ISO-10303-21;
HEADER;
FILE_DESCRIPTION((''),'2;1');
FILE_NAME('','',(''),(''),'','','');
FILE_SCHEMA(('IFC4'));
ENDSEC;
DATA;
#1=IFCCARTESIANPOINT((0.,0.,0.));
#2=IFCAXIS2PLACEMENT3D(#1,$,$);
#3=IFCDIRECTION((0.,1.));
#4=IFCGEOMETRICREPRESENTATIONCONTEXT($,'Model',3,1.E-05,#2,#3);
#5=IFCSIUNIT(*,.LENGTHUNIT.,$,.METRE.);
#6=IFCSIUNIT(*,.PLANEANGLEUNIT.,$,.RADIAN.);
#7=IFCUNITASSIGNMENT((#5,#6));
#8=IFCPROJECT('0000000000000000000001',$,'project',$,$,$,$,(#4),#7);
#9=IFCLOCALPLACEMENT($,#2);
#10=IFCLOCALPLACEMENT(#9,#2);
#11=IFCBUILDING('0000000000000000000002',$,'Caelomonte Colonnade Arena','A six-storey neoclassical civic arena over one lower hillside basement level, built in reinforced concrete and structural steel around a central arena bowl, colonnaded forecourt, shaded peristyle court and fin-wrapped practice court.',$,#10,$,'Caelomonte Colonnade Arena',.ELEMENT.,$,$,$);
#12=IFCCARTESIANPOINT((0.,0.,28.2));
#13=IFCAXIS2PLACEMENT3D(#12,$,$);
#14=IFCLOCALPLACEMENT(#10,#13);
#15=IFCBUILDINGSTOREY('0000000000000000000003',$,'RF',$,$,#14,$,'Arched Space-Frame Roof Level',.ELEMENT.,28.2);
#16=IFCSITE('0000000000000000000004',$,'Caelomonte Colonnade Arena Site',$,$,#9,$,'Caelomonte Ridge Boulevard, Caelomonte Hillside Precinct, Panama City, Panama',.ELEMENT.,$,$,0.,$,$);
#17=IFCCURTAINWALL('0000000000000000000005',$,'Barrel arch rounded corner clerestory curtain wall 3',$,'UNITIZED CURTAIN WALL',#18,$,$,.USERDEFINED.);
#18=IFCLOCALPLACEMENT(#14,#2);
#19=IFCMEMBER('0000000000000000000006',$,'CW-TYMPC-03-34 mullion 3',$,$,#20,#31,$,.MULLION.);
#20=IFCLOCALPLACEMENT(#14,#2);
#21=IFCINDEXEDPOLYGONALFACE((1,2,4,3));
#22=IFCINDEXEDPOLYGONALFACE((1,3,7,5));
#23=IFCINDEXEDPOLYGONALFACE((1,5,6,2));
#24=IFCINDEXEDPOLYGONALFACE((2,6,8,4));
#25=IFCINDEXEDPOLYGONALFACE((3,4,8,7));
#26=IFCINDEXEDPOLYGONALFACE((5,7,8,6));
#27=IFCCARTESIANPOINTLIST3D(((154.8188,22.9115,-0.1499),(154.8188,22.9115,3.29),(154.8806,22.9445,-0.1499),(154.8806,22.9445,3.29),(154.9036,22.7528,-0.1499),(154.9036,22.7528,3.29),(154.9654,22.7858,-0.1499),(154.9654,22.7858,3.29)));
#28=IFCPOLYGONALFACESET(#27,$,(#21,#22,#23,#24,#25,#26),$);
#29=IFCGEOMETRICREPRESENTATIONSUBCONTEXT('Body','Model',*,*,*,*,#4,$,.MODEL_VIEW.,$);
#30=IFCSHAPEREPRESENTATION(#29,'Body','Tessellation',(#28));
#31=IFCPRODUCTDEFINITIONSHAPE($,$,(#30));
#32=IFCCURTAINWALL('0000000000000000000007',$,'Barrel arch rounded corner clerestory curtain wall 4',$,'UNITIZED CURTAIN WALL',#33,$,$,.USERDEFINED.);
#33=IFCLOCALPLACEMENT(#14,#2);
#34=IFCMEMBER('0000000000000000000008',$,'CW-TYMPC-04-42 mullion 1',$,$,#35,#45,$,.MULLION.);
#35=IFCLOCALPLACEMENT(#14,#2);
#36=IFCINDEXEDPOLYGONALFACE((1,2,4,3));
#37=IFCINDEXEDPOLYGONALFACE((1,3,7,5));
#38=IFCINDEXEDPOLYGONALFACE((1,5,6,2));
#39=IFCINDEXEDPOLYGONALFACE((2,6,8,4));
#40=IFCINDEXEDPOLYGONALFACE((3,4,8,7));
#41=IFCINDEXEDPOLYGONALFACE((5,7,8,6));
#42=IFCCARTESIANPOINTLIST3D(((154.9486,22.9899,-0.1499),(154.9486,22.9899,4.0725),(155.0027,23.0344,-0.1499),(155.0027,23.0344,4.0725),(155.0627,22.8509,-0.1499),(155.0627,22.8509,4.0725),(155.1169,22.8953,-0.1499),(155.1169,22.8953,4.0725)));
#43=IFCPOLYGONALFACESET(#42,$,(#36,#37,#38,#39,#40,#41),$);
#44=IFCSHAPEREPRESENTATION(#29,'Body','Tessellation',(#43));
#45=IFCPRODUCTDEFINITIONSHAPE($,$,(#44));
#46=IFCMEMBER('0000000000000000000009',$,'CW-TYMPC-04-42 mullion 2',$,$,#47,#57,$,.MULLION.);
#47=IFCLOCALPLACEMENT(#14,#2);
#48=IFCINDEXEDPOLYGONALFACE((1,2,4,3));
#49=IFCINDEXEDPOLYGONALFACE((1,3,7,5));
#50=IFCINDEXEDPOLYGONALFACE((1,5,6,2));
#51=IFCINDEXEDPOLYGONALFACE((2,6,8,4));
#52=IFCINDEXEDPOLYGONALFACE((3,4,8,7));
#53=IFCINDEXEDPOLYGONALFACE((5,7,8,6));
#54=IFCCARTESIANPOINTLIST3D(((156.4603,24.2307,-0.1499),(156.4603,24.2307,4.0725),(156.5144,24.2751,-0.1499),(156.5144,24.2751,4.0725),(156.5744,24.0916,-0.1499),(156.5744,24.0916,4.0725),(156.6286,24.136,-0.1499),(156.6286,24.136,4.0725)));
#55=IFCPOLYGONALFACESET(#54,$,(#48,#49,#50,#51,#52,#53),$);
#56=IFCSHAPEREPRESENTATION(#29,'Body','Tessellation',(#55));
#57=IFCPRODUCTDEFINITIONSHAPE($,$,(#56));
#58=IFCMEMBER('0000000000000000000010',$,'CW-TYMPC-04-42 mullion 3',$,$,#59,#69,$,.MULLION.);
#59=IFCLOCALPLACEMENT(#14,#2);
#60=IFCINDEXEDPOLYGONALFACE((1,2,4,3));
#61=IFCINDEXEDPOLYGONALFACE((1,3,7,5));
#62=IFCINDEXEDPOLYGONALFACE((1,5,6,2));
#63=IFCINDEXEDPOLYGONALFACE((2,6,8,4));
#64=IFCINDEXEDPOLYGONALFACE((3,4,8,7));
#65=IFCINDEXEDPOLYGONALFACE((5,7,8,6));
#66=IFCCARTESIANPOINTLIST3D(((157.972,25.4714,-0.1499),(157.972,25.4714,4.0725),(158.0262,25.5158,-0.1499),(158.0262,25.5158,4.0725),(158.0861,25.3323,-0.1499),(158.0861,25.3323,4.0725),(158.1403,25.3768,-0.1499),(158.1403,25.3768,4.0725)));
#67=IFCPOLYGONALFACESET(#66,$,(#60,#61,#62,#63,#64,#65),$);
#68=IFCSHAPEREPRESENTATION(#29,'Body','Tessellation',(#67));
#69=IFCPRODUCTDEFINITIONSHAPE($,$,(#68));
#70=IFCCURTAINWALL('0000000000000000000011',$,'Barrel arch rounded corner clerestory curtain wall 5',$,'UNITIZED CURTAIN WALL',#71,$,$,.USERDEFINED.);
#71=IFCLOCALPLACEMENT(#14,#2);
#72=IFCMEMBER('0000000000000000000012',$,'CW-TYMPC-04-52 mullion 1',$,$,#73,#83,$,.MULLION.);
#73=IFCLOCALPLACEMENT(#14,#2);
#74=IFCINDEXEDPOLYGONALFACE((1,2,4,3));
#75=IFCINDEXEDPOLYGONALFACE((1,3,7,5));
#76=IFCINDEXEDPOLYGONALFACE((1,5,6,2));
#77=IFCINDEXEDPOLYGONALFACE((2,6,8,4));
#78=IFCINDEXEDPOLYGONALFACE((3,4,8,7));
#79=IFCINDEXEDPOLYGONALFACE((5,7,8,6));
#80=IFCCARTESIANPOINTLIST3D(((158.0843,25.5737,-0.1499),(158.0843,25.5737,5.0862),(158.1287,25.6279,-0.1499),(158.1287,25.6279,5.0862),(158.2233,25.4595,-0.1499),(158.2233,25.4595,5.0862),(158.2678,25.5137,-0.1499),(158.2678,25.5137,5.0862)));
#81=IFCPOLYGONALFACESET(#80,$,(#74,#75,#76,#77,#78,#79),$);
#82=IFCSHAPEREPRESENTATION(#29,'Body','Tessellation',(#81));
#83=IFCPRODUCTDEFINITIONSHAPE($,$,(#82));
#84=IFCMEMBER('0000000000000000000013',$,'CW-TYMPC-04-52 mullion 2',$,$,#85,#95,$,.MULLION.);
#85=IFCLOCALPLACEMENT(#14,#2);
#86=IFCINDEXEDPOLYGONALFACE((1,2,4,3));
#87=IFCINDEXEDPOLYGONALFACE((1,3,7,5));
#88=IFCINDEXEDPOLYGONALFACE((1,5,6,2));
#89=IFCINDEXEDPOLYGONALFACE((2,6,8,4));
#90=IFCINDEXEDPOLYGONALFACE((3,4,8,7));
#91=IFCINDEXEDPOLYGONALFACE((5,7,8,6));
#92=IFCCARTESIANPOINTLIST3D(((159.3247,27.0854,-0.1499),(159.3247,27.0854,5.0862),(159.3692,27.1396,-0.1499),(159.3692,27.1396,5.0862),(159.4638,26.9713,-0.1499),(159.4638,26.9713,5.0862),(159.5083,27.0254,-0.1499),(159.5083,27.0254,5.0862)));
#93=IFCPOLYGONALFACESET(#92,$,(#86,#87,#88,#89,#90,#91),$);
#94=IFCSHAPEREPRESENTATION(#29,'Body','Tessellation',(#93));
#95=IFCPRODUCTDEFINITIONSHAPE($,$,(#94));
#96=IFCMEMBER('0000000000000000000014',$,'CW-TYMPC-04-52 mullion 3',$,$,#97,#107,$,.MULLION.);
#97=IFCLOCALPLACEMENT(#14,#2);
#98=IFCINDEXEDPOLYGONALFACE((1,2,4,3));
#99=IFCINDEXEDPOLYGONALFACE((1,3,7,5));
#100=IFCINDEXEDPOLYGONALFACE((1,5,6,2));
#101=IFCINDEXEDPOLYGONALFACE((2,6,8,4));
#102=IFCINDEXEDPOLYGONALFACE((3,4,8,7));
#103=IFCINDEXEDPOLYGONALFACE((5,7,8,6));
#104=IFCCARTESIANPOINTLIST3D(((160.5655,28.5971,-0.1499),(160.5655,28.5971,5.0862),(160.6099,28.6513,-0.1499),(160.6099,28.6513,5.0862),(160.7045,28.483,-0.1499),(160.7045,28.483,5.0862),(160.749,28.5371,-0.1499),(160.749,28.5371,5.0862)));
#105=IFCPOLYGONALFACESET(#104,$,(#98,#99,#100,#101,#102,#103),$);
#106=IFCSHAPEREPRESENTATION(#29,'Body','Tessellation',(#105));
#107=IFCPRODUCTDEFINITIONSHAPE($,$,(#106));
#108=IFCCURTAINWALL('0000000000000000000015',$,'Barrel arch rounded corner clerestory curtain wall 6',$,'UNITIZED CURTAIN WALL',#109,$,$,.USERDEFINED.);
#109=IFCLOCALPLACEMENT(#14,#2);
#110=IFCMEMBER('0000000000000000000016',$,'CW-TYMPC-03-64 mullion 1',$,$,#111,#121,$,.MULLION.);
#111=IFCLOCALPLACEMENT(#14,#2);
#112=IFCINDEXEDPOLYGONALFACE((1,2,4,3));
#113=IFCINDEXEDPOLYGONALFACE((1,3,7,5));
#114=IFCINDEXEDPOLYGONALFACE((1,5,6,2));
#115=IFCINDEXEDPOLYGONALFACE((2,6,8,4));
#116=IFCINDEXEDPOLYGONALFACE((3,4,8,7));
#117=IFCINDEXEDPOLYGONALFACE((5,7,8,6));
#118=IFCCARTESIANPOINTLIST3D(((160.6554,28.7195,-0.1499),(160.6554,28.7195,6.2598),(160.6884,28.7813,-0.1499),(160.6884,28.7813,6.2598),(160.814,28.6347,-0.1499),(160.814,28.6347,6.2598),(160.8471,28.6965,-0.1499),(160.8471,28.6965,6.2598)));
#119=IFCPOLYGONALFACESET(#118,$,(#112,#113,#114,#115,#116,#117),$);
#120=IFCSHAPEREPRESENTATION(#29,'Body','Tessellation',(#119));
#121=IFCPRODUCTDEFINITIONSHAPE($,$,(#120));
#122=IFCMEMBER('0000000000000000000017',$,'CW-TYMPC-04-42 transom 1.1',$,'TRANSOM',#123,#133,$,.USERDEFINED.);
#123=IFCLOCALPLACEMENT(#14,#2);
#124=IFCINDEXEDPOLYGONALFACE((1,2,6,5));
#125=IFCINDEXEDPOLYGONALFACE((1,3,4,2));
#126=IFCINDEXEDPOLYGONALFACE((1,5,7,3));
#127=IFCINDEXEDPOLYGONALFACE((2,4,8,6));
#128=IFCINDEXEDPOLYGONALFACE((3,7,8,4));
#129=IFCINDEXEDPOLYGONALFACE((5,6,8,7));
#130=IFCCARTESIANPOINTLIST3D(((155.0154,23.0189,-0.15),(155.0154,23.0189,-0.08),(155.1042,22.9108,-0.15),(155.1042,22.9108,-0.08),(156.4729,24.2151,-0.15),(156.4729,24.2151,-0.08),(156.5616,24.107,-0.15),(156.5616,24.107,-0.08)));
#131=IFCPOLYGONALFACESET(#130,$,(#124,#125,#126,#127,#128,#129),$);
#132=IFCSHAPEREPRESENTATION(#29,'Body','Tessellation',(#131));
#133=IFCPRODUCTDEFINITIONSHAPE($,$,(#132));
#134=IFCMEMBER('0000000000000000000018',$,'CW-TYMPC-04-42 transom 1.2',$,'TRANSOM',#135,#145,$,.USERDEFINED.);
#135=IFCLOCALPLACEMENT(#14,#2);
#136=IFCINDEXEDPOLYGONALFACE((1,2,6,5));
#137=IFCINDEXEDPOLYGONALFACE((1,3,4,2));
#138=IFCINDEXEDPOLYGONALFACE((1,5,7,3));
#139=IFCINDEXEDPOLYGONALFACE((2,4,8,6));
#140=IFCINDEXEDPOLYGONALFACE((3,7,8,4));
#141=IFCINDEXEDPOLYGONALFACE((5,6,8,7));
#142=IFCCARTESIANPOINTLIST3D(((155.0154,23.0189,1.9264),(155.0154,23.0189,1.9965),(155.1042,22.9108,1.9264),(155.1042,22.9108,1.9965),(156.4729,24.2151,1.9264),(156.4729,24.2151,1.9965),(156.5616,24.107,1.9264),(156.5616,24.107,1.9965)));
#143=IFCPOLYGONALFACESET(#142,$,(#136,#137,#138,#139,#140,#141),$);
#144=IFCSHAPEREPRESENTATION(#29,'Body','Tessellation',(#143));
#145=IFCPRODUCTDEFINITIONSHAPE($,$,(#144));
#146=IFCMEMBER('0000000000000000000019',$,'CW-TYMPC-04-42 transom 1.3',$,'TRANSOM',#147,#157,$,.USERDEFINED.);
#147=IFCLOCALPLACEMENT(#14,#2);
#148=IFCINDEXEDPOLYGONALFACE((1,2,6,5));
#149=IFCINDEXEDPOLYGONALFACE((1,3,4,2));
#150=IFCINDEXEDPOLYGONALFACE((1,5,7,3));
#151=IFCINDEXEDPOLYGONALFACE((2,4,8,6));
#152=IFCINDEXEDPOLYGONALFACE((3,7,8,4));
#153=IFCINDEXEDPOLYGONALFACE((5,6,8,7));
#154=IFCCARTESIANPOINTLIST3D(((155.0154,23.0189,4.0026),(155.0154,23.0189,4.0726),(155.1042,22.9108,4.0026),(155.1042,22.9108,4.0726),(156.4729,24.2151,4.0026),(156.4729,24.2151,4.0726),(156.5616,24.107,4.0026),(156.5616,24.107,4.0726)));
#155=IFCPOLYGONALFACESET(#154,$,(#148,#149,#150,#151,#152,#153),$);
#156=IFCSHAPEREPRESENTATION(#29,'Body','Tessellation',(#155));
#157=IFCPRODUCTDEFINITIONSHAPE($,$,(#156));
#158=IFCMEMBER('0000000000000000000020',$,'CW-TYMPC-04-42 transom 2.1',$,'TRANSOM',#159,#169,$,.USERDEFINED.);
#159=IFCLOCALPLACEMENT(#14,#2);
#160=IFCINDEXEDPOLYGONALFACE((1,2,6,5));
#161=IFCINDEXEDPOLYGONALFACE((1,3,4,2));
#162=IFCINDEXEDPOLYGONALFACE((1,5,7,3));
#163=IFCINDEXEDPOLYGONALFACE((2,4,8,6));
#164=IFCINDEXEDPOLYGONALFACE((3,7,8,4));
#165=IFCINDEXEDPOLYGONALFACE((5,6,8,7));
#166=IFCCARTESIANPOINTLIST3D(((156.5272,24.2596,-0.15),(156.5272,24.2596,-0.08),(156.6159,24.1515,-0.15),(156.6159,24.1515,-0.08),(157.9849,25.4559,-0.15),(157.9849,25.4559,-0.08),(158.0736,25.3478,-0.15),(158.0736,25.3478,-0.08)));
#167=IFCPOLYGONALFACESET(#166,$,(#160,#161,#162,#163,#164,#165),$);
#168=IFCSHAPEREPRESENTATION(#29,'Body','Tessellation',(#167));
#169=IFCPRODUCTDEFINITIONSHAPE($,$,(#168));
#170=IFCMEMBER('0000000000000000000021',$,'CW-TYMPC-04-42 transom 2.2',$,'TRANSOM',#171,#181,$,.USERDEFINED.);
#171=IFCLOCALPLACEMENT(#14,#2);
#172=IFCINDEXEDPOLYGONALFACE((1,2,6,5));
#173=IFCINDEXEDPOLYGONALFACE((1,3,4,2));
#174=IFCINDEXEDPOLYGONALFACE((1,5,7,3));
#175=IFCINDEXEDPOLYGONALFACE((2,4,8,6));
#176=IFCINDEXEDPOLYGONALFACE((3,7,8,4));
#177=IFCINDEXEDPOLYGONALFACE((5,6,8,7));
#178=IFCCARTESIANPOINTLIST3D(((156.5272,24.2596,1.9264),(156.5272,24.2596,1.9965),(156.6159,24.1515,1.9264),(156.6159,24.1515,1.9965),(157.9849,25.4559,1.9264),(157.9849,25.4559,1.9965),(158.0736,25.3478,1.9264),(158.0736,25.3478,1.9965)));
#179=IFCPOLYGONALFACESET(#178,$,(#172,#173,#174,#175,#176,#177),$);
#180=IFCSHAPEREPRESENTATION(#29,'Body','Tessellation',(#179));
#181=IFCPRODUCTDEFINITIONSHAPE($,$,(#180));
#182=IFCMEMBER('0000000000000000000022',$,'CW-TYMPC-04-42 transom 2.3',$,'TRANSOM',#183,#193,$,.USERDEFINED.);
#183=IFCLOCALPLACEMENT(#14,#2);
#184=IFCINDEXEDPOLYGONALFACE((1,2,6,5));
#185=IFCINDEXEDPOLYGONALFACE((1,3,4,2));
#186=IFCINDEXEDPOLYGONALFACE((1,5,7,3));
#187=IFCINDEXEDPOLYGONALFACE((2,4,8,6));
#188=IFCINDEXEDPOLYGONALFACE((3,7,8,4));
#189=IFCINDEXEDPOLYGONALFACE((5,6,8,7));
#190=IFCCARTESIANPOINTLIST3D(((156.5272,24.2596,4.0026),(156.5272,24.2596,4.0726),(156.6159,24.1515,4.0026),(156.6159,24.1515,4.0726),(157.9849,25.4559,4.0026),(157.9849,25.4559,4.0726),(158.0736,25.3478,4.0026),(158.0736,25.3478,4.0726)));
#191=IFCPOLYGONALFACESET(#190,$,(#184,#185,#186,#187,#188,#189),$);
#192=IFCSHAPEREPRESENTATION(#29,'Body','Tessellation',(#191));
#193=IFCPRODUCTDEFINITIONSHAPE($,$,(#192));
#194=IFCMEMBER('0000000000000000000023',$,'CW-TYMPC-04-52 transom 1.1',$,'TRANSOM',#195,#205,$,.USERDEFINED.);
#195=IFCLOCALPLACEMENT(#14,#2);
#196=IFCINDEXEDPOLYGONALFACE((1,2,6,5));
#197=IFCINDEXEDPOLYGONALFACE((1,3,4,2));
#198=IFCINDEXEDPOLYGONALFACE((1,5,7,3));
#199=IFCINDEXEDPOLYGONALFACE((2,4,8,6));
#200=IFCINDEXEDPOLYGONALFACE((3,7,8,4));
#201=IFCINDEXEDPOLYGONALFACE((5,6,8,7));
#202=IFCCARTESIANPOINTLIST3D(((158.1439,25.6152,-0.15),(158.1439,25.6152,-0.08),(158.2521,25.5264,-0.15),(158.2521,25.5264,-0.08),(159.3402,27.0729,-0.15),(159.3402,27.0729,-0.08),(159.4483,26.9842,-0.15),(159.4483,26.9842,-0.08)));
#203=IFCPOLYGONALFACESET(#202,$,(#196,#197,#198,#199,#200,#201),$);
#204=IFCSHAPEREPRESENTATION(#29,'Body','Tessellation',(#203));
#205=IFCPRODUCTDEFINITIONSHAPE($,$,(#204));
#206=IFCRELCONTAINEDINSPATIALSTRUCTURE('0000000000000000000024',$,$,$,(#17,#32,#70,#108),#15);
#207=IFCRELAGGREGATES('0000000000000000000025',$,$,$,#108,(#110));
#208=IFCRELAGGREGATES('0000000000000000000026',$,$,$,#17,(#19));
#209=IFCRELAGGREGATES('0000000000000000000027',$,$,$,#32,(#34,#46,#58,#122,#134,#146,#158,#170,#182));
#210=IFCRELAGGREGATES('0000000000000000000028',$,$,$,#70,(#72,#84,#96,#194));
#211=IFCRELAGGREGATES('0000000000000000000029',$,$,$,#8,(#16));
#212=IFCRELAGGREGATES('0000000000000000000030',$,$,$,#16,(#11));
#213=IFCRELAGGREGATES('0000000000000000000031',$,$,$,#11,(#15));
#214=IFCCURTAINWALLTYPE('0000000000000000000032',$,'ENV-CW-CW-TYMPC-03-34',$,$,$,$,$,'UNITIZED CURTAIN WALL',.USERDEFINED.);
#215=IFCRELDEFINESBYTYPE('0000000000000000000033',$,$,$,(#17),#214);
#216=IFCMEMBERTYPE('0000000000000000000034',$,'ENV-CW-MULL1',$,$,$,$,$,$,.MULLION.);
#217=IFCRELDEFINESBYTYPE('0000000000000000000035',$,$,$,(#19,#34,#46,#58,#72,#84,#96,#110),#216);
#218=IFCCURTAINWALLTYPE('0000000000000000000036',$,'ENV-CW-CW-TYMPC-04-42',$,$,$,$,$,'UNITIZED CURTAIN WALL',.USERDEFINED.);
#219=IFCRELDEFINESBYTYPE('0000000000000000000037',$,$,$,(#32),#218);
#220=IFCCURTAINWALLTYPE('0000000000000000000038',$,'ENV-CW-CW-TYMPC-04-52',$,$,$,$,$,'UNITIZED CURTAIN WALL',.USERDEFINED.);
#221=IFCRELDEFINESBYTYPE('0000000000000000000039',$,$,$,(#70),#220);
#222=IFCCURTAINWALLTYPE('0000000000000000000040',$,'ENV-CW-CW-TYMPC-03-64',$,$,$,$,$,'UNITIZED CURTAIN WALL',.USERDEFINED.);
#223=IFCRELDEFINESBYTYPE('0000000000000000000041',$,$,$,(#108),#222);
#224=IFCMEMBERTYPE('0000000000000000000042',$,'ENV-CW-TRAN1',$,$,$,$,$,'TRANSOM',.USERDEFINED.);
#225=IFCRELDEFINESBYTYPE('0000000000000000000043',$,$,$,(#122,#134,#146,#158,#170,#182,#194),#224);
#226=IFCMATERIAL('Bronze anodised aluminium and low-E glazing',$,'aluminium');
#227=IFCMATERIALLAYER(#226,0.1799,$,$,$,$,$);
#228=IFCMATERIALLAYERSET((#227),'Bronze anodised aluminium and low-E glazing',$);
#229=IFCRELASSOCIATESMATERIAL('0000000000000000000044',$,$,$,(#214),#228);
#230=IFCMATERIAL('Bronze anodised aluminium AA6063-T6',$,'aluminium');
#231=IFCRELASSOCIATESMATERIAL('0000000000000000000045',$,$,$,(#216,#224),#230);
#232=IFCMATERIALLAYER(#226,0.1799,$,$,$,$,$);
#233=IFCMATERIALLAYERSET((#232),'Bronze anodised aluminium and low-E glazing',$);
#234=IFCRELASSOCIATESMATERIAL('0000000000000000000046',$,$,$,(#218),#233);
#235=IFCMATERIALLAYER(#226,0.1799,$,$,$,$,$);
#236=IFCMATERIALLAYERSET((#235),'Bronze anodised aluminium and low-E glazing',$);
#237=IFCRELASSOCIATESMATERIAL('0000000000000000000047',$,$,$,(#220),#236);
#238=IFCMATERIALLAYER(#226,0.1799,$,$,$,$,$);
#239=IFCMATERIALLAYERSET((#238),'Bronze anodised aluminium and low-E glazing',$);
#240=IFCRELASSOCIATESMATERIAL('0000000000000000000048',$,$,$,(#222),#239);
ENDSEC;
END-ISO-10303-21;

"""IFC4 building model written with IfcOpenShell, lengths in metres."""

from ifc_helpers import new_model, si_unit, direction, frame, origin, origin_2d, place, context, subcontext, project, spatial, rectangle, extrude, material, layer, layer_set, material_profile, profile_set, type_object, element, aggregate, save


model = new_model("IFC4")

# Units and contexts
model_context = context("Model", 3, precision=1e-05, world=origin(), true_north=direction((0.0, 1.0)))
body_context = subcontext(model_context, "Body", "Model", "MODEL_VIEW")
ifc_project = project(units=[si_unit("LENGTHUNIT", "METRE"), si_unit("PLANEANGLEUNIT", "RADIAN")], contexts=[model_context])

# Site, building, storey
site_placement = place(None, origin())
site = spatial("IfcSite", under=ifc_project, at=site_placement, Name="Caelomonte Colonnade Arena Site", LongName="Caelomonte Ridge Boulevard, Caelomonte Hillside Precinct, Panama City, Panama", CompositionType="ELEMENT", RefElevation=0.0)
building_placement = place(site_placement, origin())
building = spatial("IfcBuilding", under=site, at=building_placement, Name="Caelomonte Colonnade Arena", Description="A six-storey neoclassical civic arena over one lower hillside basement level, built in reinforced concrete and structural steel around a central arena bowl, colonnaded forecourt, shaded peristyle court and fin-wrapped practice court.", LongName="Caelomonte Colonnade Arena", CompositionType="ELEMENT")
storey_placement = place(building_placement, frame((0.0, 0.0, 28.2)))
storey = spatial("IfcBuildingStorey", under=building, at=storey_placement, Name="RF", LongName="Arched Space-Frame Roof Level", CompositionType="ELEMENT", Elevation=28.2)

# Curtain wall, member
ifc_material_1 = material(Name="Bronze anodised aluminium and low-E glazing", Category="aluminium")
ifc_layer_1 = layer(ifc_material_1, 0.1799)
ifc_layer_set_1 = layer_set([ifc_layer_1], Name="Bronze anodised aluminium and low-E glazing")
curtain_wall_type_1 = type_object("IfcCurtainWallType", Name="ENV-CW-CW-TYMPC-03-34", ElementType="UNITIZED CURTAIN WALL", PredefinedType="USERDEFINED", material=ifc_layer_set_1)
curtain_wall_1_placement = place(storey_placement, origin())
curtain_wall_1 = element("IfcCurtainWall", 1, at=curtain_wall_1_placement, inside=storey, type_object=curtain_wall_type_1, Name="Barrel arch rounded corner clerestory curtain wall 3", ObjectType="UNITIZED CURTAIN WALL", PredefinedType="USERDEFINED")
ifc_material_2 = material(Name="Bronze anodised aluminium AA6063-T6", Category="aluminium")
ifc_material_profile_1 = material_profile(ifc_material_2, rectangle(XDim=0.0701, YDim=0.1799, at=origin_2d()), Name="CWM-70X180")
ifc_profile_set_1 = profile_set([ifc_material_profile_1], Name="Bronze anodised aluminium AA6063-T6")
member_type_1 = type_object("IfcMemberType", Name="ENV-CW-MULL1", PredefinedType="MULLION", material=ifc_profile_set_1)
member_1_placement = place(storey_placement, frame((154.8921, 22.8486, -0.1499), z_axis=(0.0, 0.0, 1.0), x_axis=(0.881924, 0.471391, 0.0)))
member_1 = element("IfcMember", 2, at=member_1_placement, type_object=member_type_1, Name="CW-TYMPC-03-34 mullion 3", PredefinedType="MULLION", context=body_context, shape_type="SweptSolid", body=[
    extrude(rectangle(XDim=0.0701, YDim=0.1799, at=origin_2d()), origin(), (0.0, 0.0, 1.0), 3.4399),
])

# Curtain walls, members
ifc_layer_2 = layer(ifc_material_1, 0.1799)
ifc_layer_set_2 = layer_set([ifc_layer_2], Name="Bronze anodised aluminium and low-E glazing")
curtain_wall_type_2 = type_object("IfcCurtainWallType", Name="ENV-CW-CW-TYMPC-04-42", ElementType="UNITIZED CURTAIN WALL", PredefinedType="USERDEFINED", material=ifc_layer_set_2)
curtain_wall_2_placement = place(storey_placement, origin())
curtain_wall_2 = element("IfcCurtainWall", 3, at=curtain_wall_2_placement, inside=storey, type_object=curtain_wall_type_2, Name="Barrel arch rounded corner clerestory curtain wall 4", ObjectType="UNITIZED CURTAIN WALL", PredefinedType="USERDEFINED")
member_2_placement = place(storey_placement, frame((155.0327, 22.9426, -0.1499), z_axis=(0.0, 0.0, 1.0), x_axis=(0.773001, 0.634405, 0.0)))
member_2 = element("IfcMember", 4, at=member_2_placement, type_object=member_type_1, Name="CW-TYMPC-04-42 mullion 1", PredefinedType="MULLION", context=body_context, shape_type="SweptSolid", body=[
    extrude(rectangle(XDim=0.0701, YDim=0.1799, at=origin_2d()), origin(), (0.0, 0.0, 1.0), 4.2224),
])
member_3_placement = place(storey_placement, frame((156.5444, 24.1833, -0.1499), z_axis=(0.0, 0.0, 1.0), x_axis=(0.773001, 0.634405, 0.0)))
member_3 = element("IfcMember", 5, at=member_3_placement, type_object=member_type_1, Name="CW-TYMPC-04-42 mullion 2", PredefinedType="MULLION", context=body_context, shape_type="SweptSolid", body=[
    extrude(rectangle(XDim=0.0701, YDim=0.1799, at=origin_2d()), origin(), (0.0, 0.0, 1.0), 4.2224),
])
member_4_placement = place(storey_placement, frame((158.0562, 25.4241, -0.1499), z_axis=(0.0, 0.0, 1.0), x_axis=(0.773001, 0.634405, 0.0)))
member_4 = element("IfcMember", 6, at=member_4_placement, type_object=member_type_1, Name="CW-TYMPC-04-42 mullion 3", PredefinedType="MULLION", context=body_context, shape_type="SweptSolid", body=[
    extrude(rectangle(XDim=0.0701, YDim=0.1799, at=origin_2d()), origin(), (0.0, 0.0, 1.0), 4.2224),
])
ifc_layer_3 = layer(ifc_material_1, 0.1799)
ifc_layer_set_3 = layer_set([ifc_layer_3], Name="Bronze anodised aluminium and low-E glazing")
curtain_wall_type_3 = type_object("IfcCurtainWallType", Name="ENV-CW-CW-TYMPC-04-52", ElementType="UNITIZED CURTAIN WALL", PredefinedType="USERDEFINED", material=ifc_layer_set_3)
curtain_wall_3_placement = place(storey_placement, origin())
curtain_wall_3 = element("IfcCurtainWall", 7, at=curtain_wall_3_placement, inside=storey, type_object=curtain_wall_type_3, Name="Barrel arch rounded corner clerestory curtain wall 5", ObjectType="UNITIZED CURTAIN WALL", PredefinedType="USERDEFINED")
member_5_placement = place(storey_placement, frame((158.176, 25.5437, -0.1499), z_axis=(0.0, 0.0, 1.0), x_axis=(0.634405, 0.773001, 0.0)))
member_5 = element("IfcMember", 8, at=member_5_placement, type_object=member_type_1, Name="CW-TYMPC-04-52 mullion 1", PredefinedType="MULLION", context=body_context, shape_type="SweptSolid", body=[
    extrude(rectangle(XDim=0.0701, YDim=0.1799, at=origin_2d()), origin(), (0.0, 0.0, 1.0), 5.2361),
])
member_6_placement = place(storey_placement, frame((159.4165, 27.0554, -0.1499), z_axis=(0.0, 0.0, 1.0), x_axis=(0.634405, 0.773001, 0.0)))
member_6 = element("IfcMember", 9, at=member_6_placement, type_object=member_type_1, Name="CW-TYMPC-04-52 mullion 2", PredefinedType="MULLION", context=body_context, shape_type="SweptSolid", body=[
    extrude(rectangle(XDim=0.0701, YDim=0.1799, at=origin_2d()), origin(), (0.0, 0.0, 1.0), 5.2361),
])
member_7_placement = place(storey_placement, frame((160.6572, 28.5671, -0.1499), z_axis=(0.0, 0.0, 1.0), x_axis=(0.634405, 0.773001, 0.0)))
member_7 = element("IfcMember", 10, at=member_7_placement, type_object=member_type_1, Name="CW-TYMPC-04-52 mullion 3", PredefinedType="MULLION", context=body_context, shape_type="SweptSolid", body=[
    extrude(rectangle(XDim=0.0701, YDim=0.1799, at=origin_2d()), origin(), (0.0, 0.0, 1.0), 5.2361),
])

# Curtain wall, member
ifc_layer_4 = layer(ifc_material_1, 0.1799)
ifc_layer_set_4 = layer_set([ifc_layer_4], Name="Bronze anodised aluminium and low-E glazing")
curtain_wall_type_4 = type_object("IfcCurtainWallType", Name="ENV-CW-CW-TYMPC-03-64", ElementType="UNITIZED CURTAIN WALL", PredefinedType="USERDEFINED", material=ifc_layer_set_4)
curtain_wall_4_placement = place(storey_placement, origin())
curtain_wall_4 = element("IfcCurtainWall", 11, at=curtain_wall_4_placement, inside=storey, type_object=curtain_wall_type_4, Name="Barrel arch rounded corner clerestory curtain wall 6", ObjectType="UNITIZED CURTAIN WALL", PredefinedType="USERDEFINED")
member_8_placement = place(storey_placement, frame((160.7512, 28.708, -0.1499), z_axis=(0.0, 0.0, 1.0), x_axis=(0.471391, 0.881924, 0.0)))
member_8 = element("IfcMember", 12, at=member_8_placement, type_object=member_type_1, Name="CW-TYMPC-03-64 mullion 1", PredefinedType="MULLION", context=body_context, shape_type="SweptSolid", body=[
    extrude(rectangle(XDim=0.0701, YDim=0.1799, at=origin_2d()), origin(), (0.0, 0.0, 1.0), 6.4097),
])

# Members
ifc_material_profile_2 = material_profile(ifc_material_2, rectangle(XDim=0.0701, YDim=0.1399, at=origin_2d()), Name="CWT-70X140")
ifc_profile_set_2 = profile_set([ifc_material_profile_2], Name="Bronze anodised aluminium AA6063-T6")
member_type_2 = type_object("IfcMemberType", Name="ENV-CW-TRAN1", ElementType="TRANSOM", PredefinedType="USERDEFINED", material=ifc_profile_set_2)
member_9_placement = place(storey_placement, frame((155.0598, 22.9648, -0.115), z_axis=(0.772976, 0.634436, 0.0), x_axis=(0.0, 0.0, 1.0)))
member_9 = element("IfcMember", 13, at=member_9_placement, type_object=member_type_2, Name="CW-TYMPC-04-42 transom 1.1", ObjectType="TRANSOM", PredefinedType="USERDEFINED", context=body_context, shape_type="SweptSolid", body=[
    extrude(rectangle(XDim=0.0701, YDim=0.1399, at=origin_2d()), origin(), (0.0, 0.0, 1.0), 1.8855),
])
member_10_placement = place(storey_placement, frame((155.0598, 22.9648, 1.9614), z_axis=(0.772976, 0.634436, 0.0), x_axis=(0.0, 0.0, 1.0)))
member_10 = element("IfcMember", 14, at=member_10_placement, type_object=member_type_2, Name="CW-TYMPC-04-42 transom 1.2", ObjectType="TRANSOM", PredefinedType="USERDEFINED", context=body_context, shape_type="SweptSolid", body=[
    extrude(rectangle(XDim=0.0701, YDim=0.1399, at=origin_2d()), origin(), (0.0, 0.0, 1.0), 1.8855),
])
member_11_placement = place(storey_placement, frame((155.0598, 22.9648, 4.0376), z_axis=(0.772976, 0.634436, 0.0), x_axis=(0.0, 0.0, 1.0)))
member_11 = element("IfcMember", 15, at=member_11_placement, type_object=member_type_2, Name="CW-TYMPC-04-42 transom 1.3", ObjectType="TRANSOM", PredefinedType="USERDEFINED", context=body_context, shape_type="SweptSolid", body=[
    extrude(rectangle(XDim=0.0701, YDim=0.1399, at=origin_2d()), origin(), (0.0, 0.0, 1.0), 1.8855),
])
member_12_placement = place(storey_placement, frame((156.5715, 24.2056, -0.115), z_axis=(0.773028, 0.634372, 0.0), x_axis=(0.0, 0.0, 1.0)))
member_12 = element("IfcMember", 16, at=member_12_placement, type_object=member_type_2, Name="CW-TYMPC-04-42 transom 2.1", ObjectType="TRANSOM", PredefinedType="USERDEFINED", context=body_context, shape_type="SweptSolid", body=[
    extrude(rectangle(XDim=0.0701, YDim=0.1399, at=origin_2d()), origin(), (0.0, 0.0, 1.0), 1.8857),
])
member_13_placement = place(storey_placement, frame((156.5715, 24.2056, 1.9614), z_axis=(0.773028, 0.634372, 0.0), x_axis=(0.0, 0.0, 1.0)))
member_13 = element("IfcMember", 17, at=member_13_placement, type_object=member_type_2, Name="CW-TYMPC-04-42 transom 2.2", ObjectType="TRANSOM", PredefinedType="USERDEFINED", context=body_context, shape_type="SweptSolid", body=[
    extrude(rectangle(XDim=0.0701, YDim=0.1399, at=origin_2d()), origin(), (0.0, 0.0, 1.0), 1.8857),
])
member_14_placement = place(storey_placement, frame((156.5715, 24.2056, 4.0376), z_axis=(0.773028, 0.634372, 0.0), x_axis=(0.0, 0.0, 1.0)))
member_14 = element("IfcMember", 18, at=member_14_placement, type_object=member_type_2, Name="CW-TYMPC-04-42 transom 2.3", ObjectType="TRANSOM", PredefinedType="USERDEFINED", context=body_context, shape_type="SweptSolid", body=[
    extrude(rectangle(XDim=0.0701, YDim=0.1399, at=origin_2d()), origin(), (0.0, 0.0, 1.0), 1.8857),
])
member_15_placement = place(storey_placement, frame((158.198, 25.5708, -0.115), z_axis=(0.634372, 0.773028, 0.0), x_axis=(0.0, 0.0, 1.0)))
member_15 = element("IfcMember", 19, at=member_15_placement, type_object=member_type_2, Name="CW-TYMPC-04-52 transom 1.1", ObjectType="TRANSOM", PredefinedType="USERDEFINED", context=body_context, shape_type="SweptSolid", body=[
    extrude(rectangle(XDim=0.0701, YDim=0.1399, at=origin_2d()), origin(), (0.0, 0.0, 1.0), 1.8857),
])
aggregate(curtain_wall_4, [member_8])

aggregate(curtain_wall_1, [member_1])
aggregate(curtain_wall_2, [member_2, member_3, member_4, member_9, member_10, member_11, member_12, member_13, member_14])
aggregate(curtain_wall_3, [member_5, member_6, member_7, member_15])

save(model, "model.ifc")
